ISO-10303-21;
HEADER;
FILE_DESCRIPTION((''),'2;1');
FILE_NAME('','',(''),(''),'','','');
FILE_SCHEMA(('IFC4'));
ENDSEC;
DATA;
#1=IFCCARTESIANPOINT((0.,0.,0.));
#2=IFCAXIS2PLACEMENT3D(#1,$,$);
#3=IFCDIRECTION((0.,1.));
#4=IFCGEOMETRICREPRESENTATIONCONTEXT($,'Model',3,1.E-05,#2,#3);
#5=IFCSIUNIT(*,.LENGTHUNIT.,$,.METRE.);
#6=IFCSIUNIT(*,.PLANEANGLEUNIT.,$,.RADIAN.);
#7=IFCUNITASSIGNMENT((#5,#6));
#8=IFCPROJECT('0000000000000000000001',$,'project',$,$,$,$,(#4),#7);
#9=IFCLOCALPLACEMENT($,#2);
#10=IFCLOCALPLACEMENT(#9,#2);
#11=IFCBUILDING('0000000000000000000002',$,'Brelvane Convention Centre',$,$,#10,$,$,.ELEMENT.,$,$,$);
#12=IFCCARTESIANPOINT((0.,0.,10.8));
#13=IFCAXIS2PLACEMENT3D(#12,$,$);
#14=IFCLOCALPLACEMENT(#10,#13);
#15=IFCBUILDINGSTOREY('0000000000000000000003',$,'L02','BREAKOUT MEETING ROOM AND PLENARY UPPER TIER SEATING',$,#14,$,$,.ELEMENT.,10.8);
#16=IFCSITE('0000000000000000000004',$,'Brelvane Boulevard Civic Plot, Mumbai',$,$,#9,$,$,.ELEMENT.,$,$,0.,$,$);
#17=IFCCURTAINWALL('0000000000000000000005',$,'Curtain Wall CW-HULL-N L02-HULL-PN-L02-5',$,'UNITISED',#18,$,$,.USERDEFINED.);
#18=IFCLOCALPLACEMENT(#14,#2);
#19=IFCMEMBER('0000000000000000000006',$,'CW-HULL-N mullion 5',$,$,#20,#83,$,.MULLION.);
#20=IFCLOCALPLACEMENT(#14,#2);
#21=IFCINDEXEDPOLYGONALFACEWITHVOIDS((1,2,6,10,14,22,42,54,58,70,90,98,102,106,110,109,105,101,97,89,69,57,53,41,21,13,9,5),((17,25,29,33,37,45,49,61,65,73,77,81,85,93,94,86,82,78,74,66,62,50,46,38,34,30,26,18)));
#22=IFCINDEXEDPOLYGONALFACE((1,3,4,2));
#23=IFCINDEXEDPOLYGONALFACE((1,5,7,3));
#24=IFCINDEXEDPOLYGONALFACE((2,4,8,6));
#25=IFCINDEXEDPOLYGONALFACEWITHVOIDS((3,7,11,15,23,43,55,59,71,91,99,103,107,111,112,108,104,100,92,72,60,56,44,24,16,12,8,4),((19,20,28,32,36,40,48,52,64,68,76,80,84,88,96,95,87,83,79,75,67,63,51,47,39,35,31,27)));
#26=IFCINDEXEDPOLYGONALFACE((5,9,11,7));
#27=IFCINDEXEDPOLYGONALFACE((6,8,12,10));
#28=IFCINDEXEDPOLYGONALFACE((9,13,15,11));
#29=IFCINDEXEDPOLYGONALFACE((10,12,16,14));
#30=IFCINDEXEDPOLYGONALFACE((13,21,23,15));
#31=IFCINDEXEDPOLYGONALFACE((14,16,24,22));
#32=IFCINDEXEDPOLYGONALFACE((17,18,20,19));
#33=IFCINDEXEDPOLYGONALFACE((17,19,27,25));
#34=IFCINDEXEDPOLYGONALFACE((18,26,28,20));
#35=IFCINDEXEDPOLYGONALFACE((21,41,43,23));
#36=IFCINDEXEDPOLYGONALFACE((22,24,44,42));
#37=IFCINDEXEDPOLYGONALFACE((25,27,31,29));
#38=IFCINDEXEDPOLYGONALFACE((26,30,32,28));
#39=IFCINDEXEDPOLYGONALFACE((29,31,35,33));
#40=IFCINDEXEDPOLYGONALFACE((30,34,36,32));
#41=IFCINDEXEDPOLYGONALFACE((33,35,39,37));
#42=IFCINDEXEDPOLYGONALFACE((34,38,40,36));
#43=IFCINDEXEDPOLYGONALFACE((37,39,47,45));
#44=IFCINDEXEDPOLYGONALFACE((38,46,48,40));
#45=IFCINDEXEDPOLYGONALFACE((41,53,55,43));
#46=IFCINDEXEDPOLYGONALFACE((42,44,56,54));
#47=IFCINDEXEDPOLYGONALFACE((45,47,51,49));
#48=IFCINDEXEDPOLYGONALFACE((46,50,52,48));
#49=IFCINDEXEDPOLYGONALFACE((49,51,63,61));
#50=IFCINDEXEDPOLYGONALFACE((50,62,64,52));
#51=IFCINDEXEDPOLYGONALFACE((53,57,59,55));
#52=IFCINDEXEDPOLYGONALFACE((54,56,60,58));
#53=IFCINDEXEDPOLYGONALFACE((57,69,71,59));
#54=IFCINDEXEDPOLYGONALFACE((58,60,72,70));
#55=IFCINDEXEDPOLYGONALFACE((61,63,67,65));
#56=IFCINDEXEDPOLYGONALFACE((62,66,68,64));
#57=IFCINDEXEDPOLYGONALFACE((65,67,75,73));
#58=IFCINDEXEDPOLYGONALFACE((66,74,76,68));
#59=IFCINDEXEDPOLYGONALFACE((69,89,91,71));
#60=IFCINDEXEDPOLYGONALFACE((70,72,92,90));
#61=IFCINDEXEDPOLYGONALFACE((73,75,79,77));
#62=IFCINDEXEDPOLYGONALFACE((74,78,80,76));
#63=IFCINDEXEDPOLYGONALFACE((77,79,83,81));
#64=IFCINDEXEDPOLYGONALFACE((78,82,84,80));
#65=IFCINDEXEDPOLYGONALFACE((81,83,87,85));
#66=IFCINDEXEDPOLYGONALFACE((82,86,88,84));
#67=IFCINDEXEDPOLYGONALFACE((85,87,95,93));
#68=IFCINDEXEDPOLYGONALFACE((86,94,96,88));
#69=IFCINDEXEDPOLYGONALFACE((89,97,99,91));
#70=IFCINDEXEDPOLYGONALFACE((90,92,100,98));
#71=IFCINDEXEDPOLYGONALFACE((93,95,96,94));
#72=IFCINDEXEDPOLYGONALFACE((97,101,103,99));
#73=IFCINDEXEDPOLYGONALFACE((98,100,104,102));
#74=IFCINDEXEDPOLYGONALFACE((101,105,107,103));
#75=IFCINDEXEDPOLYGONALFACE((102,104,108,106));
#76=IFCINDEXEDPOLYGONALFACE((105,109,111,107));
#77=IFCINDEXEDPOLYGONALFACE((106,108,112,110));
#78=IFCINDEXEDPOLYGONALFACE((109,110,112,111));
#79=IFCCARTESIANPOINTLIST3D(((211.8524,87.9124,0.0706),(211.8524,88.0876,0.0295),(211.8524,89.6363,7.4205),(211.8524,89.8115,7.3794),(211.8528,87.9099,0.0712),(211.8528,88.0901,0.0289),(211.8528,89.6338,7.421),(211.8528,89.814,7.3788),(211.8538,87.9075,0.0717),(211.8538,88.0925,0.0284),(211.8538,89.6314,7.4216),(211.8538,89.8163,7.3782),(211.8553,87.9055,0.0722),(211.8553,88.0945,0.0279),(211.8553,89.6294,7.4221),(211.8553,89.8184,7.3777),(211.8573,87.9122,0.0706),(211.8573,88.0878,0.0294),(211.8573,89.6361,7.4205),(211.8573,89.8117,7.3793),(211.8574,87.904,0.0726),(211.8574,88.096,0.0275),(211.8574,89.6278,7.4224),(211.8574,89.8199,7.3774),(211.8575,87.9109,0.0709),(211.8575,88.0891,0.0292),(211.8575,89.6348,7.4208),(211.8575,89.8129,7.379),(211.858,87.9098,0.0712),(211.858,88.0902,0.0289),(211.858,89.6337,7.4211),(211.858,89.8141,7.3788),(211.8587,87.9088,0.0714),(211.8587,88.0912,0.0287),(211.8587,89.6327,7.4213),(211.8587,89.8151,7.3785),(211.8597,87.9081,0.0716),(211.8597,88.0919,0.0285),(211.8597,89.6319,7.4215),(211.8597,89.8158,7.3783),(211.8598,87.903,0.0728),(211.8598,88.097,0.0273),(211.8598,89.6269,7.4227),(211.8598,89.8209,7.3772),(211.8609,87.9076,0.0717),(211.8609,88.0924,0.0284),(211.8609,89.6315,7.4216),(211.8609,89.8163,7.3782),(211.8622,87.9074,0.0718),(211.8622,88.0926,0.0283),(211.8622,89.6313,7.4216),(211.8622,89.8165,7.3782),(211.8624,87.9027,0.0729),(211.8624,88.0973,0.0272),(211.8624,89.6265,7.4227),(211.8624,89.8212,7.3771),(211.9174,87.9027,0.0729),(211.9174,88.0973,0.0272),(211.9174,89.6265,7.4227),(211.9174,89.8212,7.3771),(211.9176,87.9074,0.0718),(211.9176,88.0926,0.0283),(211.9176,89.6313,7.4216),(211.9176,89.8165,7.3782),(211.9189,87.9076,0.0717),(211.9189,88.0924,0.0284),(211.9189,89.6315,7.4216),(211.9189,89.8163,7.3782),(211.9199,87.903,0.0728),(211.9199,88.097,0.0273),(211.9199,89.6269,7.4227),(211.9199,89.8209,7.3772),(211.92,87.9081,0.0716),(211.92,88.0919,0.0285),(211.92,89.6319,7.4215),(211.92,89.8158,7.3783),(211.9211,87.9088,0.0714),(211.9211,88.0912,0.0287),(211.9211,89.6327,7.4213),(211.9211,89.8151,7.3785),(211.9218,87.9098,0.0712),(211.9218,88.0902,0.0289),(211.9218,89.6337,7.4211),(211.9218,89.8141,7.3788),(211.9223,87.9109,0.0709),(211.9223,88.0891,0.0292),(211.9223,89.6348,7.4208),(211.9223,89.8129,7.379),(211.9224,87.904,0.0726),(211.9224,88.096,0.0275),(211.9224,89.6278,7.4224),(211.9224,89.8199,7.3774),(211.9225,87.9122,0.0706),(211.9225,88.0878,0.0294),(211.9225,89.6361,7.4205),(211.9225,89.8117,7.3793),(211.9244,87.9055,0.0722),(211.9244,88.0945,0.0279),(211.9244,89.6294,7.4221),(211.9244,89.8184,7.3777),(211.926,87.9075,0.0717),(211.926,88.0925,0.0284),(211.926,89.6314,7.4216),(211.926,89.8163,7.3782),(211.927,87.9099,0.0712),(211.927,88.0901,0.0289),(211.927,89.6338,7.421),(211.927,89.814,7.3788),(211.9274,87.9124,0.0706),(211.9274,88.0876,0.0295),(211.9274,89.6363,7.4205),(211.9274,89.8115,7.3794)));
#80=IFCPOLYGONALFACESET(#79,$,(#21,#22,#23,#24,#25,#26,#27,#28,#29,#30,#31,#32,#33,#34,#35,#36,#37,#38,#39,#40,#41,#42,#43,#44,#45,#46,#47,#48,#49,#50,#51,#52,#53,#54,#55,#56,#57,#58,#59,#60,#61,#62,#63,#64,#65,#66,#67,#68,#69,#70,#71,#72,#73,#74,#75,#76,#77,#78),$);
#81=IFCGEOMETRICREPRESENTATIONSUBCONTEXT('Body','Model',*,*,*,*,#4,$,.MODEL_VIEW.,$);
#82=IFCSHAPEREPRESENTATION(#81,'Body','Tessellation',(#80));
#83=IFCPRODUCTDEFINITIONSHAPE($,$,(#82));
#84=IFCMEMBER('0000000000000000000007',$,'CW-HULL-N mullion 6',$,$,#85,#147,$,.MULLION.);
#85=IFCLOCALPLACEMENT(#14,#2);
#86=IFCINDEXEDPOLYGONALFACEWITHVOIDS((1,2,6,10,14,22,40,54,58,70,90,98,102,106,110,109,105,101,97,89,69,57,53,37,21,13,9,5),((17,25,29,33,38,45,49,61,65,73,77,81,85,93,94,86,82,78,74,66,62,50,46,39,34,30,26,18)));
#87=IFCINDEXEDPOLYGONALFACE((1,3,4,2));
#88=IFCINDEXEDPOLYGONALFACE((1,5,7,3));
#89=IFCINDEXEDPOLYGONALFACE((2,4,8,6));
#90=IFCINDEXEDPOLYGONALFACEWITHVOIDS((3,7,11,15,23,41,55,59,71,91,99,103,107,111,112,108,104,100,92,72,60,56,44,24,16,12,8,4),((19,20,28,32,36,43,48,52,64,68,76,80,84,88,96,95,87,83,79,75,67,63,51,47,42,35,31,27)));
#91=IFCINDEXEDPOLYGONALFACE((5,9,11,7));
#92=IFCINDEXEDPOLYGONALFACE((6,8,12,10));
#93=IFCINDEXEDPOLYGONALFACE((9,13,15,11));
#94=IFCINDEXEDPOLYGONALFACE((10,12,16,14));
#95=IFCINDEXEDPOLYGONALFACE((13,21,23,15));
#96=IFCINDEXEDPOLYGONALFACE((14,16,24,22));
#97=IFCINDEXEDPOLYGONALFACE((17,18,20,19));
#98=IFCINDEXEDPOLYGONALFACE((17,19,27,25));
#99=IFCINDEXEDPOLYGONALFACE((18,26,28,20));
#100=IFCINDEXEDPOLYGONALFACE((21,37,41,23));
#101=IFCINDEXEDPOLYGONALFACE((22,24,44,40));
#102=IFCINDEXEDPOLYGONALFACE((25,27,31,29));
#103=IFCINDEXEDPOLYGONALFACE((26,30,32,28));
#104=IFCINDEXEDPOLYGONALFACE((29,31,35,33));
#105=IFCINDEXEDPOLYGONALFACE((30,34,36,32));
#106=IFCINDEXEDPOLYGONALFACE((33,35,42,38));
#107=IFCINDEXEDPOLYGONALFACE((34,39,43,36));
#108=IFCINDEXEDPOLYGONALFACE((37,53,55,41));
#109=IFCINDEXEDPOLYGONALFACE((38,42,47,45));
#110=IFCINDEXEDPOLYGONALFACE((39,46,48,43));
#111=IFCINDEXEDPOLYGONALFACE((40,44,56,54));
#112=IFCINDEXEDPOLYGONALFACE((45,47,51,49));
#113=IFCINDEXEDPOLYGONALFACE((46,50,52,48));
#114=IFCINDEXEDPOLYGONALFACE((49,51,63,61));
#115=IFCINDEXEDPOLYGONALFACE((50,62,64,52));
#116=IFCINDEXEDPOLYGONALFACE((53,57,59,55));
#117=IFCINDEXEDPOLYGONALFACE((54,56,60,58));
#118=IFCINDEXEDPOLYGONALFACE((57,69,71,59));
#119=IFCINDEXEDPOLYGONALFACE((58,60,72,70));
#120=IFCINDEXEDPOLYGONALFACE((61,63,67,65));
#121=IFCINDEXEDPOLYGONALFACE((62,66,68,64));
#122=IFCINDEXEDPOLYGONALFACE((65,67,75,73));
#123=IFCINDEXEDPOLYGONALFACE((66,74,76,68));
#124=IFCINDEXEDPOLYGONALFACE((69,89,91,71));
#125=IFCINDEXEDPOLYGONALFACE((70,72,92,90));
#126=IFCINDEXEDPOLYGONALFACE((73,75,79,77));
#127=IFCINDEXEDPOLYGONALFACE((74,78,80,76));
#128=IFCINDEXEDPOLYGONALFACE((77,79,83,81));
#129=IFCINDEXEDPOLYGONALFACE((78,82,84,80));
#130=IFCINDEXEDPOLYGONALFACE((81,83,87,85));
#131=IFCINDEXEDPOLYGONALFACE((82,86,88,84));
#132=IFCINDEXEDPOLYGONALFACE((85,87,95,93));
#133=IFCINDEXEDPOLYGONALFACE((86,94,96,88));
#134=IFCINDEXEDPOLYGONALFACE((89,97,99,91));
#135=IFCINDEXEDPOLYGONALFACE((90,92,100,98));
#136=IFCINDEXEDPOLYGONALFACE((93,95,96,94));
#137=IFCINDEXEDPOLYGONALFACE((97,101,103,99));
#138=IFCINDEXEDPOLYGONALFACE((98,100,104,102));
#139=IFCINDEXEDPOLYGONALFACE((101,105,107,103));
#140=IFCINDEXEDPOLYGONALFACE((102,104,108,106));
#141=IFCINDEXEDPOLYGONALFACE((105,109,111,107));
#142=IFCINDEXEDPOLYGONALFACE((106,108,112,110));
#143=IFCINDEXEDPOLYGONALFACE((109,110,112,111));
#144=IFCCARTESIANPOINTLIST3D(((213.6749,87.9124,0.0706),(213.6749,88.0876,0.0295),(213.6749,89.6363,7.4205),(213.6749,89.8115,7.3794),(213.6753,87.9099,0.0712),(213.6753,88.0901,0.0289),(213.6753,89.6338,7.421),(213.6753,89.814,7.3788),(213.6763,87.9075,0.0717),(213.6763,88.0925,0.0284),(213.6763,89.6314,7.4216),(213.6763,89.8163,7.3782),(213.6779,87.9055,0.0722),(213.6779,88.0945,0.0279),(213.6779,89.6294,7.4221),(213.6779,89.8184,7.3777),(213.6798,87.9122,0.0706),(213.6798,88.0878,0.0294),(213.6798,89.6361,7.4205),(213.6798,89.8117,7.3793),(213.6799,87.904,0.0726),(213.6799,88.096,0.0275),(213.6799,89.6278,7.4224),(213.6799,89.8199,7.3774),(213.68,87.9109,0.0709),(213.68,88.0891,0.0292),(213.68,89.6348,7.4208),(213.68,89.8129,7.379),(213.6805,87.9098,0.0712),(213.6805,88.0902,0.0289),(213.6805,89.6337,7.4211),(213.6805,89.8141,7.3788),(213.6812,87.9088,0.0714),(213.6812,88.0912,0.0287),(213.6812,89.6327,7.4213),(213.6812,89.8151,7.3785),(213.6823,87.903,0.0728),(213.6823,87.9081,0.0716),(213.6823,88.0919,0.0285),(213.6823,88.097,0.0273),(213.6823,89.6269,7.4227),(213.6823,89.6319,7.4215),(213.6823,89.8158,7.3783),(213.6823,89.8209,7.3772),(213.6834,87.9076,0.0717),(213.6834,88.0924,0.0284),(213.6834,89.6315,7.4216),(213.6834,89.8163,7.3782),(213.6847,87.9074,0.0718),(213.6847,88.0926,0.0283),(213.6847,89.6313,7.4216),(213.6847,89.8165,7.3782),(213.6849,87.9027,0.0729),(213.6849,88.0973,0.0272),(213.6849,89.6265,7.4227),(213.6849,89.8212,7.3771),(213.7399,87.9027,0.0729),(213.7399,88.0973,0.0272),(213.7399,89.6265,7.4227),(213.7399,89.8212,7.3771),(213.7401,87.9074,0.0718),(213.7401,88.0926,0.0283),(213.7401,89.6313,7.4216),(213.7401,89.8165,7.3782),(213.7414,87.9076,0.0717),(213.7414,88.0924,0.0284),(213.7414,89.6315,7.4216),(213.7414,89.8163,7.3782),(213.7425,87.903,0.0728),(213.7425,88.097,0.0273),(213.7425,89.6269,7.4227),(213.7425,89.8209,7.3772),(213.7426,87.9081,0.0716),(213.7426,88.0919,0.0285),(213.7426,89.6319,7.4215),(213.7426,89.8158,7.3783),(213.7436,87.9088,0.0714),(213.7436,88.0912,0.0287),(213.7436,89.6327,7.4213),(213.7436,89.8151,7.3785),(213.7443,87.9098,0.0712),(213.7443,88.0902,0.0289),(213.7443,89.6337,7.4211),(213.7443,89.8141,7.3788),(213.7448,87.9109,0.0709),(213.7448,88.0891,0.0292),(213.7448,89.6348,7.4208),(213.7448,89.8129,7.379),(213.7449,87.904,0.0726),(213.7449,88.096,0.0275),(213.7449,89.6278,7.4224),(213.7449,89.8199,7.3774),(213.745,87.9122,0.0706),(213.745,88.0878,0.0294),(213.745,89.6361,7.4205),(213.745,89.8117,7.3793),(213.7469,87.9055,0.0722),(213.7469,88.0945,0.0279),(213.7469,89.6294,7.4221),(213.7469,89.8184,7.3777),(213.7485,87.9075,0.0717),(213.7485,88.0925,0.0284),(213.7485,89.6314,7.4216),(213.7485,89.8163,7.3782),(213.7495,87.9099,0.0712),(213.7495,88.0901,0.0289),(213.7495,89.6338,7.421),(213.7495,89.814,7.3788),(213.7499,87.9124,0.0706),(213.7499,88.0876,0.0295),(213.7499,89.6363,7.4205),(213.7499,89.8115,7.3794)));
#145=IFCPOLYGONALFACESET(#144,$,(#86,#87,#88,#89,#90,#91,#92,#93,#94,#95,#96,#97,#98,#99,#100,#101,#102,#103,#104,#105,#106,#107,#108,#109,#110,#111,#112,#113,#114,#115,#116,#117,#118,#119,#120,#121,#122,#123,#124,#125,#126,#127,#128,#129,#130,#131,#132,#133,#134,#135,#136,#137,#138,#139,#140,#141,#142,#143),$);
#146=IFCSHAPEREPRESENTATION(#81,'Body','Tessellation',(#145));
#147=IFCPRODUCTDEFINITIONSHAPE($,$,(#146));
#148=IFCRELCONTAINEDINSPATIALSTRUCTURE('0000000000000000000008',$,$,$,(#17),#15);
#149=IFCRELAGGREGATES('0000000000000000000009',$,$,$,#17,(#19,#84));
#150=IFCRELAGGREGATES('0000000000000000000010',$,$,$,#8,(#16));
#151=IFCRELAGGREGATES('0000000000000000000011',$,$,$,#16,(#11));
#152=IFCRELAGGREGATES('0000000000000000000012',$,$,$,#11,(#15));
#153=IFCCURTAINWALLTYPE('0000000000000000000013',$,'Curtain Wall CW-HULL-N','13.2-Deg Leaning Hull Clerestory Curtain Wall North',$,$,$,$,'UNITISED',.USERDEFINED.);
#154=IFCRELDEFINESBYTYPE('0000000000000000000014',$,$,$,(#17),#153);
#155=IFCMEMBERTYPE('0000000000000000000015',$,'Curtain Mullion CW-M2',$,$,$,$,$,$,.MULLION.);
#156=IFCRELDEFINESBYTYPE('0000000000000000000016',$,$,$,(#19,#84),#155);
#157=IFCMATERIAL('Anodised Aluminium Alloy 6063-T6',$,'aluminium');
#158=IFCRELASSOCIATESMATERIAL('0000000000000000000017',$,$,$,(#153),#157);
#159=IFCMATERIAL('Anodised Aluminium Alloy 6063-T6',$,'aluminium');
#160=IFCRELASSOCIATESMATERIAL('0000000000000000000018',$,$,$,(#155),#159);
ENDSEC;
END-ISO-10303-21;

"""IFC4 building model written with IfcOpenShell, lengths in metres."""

from ifc_helpers import new_model, si_unit, direction, frame, origin, origin_2d, place, context, subcontext, project, spatial, hollow_rectangle, extrude, material, material_profile, profile_set, type_object, element, aggregate, save


model = new_model("IFC4")

# Units and contexts
model_context = context("Model", 3, precision=1e-05, world=origin(), true_north=direction((0.0, 1.0)))
body_context = subcontext(model_context, "Body", "Model", "MODEL_VIEW")
ifc_project = project(units=[si_unit("LENGTHUNIT", "METRE"), si_unit("PLANEANGLEUNIT", "RADIAN")], contexts=[model_context])

# Site, building, storey
site_placement = place(None, origin())
site = spatial("IfcSite", under=ifc_project, at=site_placement, Name="Brelvane Boulevard Civic Plot, Mumbai", CompositionType="ELEMENT", RefElevation=0.0)
building_placement = place(site_placement, origin())
building = spatial("IfcBuilding", under=site, at=building_placement, Name="Brelvane Convention Centre", CompositionType="ELEMENT")
storey_placement = place(building_placement, frame((0.0, 0.0, 10.8)))
storey = spatial("IfcBuildingStorey", under=building, at=storey_placement, Name="L02", Description="BREAKOUT MEETING ROOM AND PLENARY UPPER TIER SEATING", CompositionType="ELEMENT", Elevation=10.8)

# Curtain wall, members
ifc_material_1 = material(Name="Anodised Aluminium Alloy 6063-T6", Category="aluminium")
curtain_wall_type = type_object("IfcCurtainWallType", Name="Curtain Wall CW-HULL-N", Description="13.2-Deg Leaning Hull Clerestory Curtain Wall North", ElementType="UNITISED", PredefinedType="USERDEFINED", material=ifc_material_1)
ifc_material_2 = material(Name="Anodised Aluminium Alloy 6063-T6", Category="aluminium")
ifc_material_profile_1 = material_profile(ifc_material_2, hollow_rectangle(XDim=0.075, YDim=0.2, WallThickness=0.0049, InnerFilletRadius=0.0049, OuterFilletRadius=0.01, at=origin_2d()), Name="ALU-M 200x75x5.0")
ifc_profile_set_1 = profile_set([ifc_material_profile_1], Name="Anodised Aluminium Alloy 6063-T6")
member_type_1 = type_object("IfcMemberType", Name="Curtain Mullion CW-M2", PredefinedType="MULLION", material=ifc_profile_set_1)
curtain_wall_1_placement = place(storey_placement, origin())
curtain_wall_1 = element("IfcCurtainWall", 1, at=curtain_wall_1_placement, inside=storey, type_object=curtain_wall_type, Name="Curtain Wall CW-HULL-N L02-HULL-PN-L02-5", ObjectType="UNITISED", PredefinedType="USERDEFINED")
member_1_placement = place(storey_placement, frame((211.8899, 88.0, 0.05), z_axis=(0.0, 0.228349, 0.973579), x_axis=(-1.0, 0.0, 0.0)))
member_1 = element("IfcMember", 2, at=member_1_placement, type_object=member_type_1, Name="CW-HULL-N mullion 5", PredefinedType="MULLION", context=body_context, shape_type="SweptSolid", body=[
    extrude(hollow_rectangle(XDim=0.075, YDim=0.2, WallThickness=0.0049, InnerFilletRadius=0.0049, OuterFilletRadius=0.01, at=origin_2d()), origin(), (0.0, 0.0, 1.0), 7.5493),
])
member_2_placement = place(storey_placement, frame((213.7124, 88.0, 0.05), z_axis=(0.0, 0.228349, 0.973579), x_axis=(-1.0, 0.0, 0.0)))
member_2 = element("IfcMember", 3, at=member_2_placement, type_object=member_type_1, Name="CW-HULL-N mullion 6", PredefinedType="MULLION", context=body_context, shape_type="SweptSolid", body=[
    extrude(hollow_rectangle(XDim=0.075, YDim=0.2, WallThickness=0.0049, InnerFilletRadius=0.0049, OuterFilletRadius=0.01, at=origin_2d()), origin(), (0.0, 0.0, 1.0), 7.5493),
])

aggregate(curtain_wall_1, [member_1, member_2])

save(model, "model.ifc")
